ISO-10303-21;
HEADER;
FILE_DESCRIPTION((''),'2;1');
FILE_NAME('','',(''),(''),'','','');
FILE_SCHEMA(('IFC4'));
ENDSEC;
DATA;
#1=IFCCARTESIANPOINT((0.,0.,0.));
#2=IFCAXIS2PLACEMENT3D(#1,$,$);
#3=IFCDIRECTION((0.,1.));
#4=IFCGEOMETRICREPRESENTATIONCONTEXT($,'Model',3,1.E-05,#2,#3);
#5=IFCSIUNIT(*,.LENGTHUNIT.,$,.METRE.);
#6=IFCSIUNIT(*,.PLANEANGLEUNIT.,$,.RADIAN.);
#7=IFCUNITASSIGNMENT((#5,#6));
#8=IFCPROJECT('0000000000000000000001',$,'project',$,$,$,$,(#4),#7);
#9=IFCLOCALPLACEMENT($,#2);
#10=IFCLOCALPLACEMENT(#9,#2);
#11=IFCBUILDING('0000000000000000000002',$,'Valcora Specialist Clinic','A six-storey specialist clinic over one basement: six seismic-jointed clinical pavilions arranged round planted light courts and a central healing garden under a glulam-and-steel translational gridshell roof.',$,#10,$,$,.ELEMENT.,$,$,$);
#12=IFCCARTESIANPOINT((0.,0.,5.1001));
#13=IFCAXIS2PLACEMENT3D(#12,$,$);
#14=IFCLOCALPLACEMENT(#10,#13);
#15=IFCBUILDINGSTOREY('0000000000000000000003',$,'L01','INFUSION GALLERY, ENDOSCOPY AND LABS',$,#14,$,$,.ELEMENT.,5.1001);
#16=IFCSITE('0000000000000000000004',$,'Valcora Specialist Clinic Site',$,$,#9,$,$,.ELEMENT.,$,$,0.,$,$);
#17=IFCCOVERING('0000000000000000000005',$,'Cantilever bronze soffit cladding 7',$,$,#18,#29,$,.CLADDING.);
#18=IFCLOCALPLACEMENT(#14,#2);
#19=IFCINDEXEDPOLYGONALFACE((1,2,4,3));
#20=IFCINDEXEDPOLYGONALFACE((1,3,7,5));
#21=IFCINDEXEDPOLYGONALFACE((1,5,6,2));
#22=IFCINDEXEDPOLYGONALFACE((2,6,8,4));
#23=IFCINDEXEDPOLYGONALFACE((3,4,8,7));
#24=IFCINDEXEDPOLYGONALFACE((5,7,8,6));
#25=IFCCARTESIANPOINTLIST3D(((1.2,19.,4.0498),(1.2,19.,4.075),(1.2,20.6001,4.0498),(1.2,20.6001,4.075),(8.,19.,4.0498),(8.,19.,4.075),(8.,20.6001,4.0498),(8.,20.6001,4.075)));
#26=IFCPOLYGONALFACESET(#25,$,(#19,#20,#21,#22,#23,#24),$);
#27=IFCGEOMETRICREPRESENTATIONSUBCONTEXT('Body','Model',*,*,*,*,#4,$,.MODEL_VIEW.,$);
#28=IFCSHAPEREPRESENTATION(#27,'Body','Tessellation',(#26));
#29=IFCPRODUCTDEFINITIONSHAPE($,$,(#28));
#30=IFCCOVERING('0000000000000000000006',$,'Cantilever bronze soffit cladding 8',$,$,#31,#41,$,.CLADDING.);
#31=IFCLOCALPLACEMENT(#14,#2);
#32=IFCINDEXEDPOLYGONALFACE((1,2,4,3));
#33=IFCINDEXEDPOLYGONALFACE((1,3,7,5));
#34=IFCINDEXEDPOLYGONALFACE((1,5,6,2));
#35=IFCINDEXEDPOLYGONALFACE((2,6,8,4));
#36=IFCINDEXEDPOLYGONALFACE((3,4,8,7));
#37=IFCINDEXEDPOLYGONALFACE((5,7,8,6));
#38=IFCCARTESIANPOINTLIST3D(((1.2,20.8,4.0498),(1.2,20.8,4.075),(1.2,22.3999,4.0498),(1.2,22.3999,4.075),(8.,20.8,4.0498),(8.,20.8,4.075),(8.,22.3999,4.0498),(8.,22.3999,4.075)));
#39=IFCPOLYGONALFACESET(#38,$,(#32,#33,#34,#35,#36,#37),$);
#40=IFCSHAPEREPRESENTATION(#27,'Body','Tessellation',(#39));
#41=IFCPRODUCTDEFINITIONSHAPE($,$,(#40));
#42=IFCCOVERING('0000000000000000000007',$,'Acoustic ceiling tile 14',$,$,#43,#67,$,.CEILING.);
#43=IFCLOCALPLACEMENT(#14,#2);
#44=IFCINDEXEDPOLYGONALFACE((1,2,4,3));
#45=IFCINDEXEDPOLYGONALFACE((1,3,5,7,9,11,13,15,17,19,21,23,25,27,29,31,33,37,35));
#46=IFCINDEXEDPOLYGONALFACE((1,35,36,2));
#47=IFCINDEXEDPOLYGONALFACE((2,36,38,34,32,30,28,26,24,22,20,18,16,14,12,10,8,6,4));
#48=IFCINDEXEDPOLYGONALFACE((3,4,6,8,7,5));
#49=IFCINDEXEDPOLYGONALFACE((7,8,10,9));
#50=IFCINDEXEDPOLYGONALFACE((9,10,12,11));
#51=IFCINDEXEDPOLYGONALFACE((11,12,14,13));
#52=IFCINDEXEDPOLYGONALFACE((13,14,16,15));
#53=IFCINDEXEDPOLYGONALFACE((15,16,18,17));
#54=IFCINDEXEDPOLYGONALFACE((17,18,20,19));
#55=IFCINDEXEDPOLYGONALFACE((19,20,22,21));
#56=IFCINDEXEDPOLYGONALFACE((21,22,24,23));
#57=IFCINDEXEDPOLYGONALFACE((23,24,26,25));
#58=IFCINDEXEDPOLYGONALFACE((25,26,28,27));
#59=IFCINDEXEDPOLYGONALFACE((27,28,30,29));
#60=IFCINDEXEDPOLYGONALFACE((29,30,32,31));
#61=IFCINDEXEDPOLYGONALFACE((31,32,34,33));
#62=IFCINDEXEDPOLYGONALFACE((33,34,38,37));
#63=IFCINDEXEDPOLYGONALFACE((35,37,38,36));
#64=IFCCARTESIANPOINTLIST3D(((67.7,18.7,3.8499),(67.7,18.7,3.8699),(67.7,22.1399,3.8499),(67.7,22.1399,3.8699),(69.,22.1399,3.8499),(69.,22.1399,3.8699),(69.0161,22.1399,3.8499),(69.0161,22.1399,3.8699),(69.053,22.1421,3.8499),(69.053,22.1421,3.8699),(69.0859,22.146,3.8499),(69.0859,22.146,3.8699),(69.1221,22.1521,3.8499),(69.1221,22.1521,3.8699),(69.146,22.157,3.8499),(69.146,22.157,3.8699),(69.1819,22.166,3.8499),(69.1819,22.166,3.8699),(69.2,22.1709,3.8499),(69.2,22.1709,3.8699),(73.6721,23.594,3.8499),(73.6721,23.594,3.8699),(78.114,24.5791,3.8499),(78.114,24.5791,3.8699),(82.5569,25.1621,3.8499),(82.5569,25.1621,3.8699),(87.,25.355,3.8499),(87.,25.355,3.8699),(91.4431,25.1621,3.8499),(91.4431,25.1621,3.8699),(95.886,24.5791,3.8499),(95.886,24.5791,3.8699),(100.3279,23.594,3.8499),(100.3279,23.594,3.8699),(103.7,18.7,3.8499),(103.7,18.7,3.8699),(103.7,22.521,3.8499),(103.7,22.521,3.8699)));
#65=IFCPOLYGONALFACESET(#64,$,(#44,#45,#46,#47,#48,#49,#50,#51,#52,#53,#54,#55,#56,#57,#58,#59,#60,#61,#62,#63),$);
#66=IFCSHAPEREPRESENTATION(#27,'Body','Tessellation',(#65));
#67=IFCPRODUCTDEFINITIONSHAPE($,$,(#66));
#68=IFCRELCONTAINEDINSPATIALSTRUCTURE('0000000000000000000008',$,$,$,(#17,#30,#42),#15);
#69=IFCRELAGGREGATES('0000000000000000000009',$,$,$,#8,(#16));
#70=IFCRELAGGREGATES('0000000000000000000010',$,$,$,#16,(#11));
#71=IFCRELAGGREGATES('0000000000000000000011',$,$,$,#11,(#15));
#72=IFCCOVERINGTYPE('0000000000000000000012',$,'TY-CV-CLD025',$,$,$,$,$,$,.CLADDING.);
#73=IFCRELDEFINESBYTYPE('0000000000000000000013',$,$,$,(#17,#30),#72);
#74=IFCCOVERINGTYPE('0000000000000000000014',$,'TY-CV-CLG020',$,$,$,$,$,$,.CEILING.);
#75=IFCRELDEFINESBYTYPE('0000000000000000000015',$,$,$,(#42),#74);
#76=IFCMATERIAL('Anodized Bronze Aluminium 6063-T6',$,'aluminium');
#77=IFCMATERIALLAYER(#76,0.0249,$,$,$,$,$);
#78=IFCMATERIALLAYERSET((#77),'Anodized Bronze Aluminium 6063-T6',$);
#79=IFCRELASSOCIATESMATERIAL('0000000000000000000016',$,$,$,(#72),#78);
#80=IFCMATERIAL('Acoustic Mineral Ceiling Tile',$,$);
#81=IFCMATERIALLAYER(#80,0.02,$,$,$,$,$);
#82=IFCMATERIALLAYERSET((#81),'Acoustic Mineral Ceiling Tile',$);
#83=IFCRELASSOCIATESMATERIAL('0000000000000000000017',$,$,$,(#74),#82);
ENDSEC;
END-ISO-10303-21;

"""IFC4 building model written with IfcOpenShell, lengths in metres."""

from ifc_helpers import new_model, si_unit, direction, frame, origin, place, context, subcontext, project, spatial, polyline, outline, extrude, material, layer, layer_set, type_object, element, save


model = new_model("IFC4")

# Units and contexts
model_context = context("Model", 3, precision=1e-05, world=origin(), true_north=direction((0.0, 1.0)))
body_context = subcontext(model_context, "Body", "Model", "MODEL_VIEW")
ifc_project = project(units=[si_unit("LENGTHUNIT", "METRE"), si_unit("PLANEANGLEUNIT", "RADIAN")], contexts=[model_context])

# Site, building, storey
site_placement = place(None, origin())
site = spatial("IfcSite", under=ifc_project, at=site_placement, Name="Valcora Specialist Clinic Site", CompositionType="ELEMENT", RefElevation=0.0)
building_placement = place(site_placement, origin())
building = spatial("IfcBuilding", under=site, at=building_placement, Name="Valcora Specialist Clinic", Description="A six-storey specialist clinic over one basement: six seismic-jointed clinical pavilions arranged round planted light courts and a central healing garden under a glulam-and-steel translational gridshell roof.", CompositionType="ELEMENT")
storey_placement = place(building_placement, frame((0.0, 0.0, 5.1001)))
storey = spatial("IfcBuildingStorey", under=building, at=storey_placement, Name="L01", Description="INFUSION GALLERY, ENDOSCOPY AND LABS", CompositionType="ELEMENT", Elevation=5.1001)

# Shared definitions
ifc_material_1 = material(Name="Anodized Bronze Aluminium 6063-T6", Category="aluminium")

# Coverings
ifc_layer_1 = layer(ifc_material_1, 0.0249)
ifc_layer_set_1 = layer_set([ifc_layer_1], Name="Anodized Bronze Aluminium 6063-T6")
covering_type_1 = type_object("IfcCoveringType", Name="TY-CV-CLD025", PredefinedType="CLADDING", material=ifc_layer_set_1)
covering_1_placement = place(storey_placement, frame((0.0, 0.0, 4.0498)))
element("IfcCovering", 1, at=covering_1_placement, inside=storey, type_object=covering_type_1, Name="Cantilever bronze soffit cladding 7", PredefinedType="CLADDING", context=body_context, shape_type="SweptSolid", body=[
    extrude(outline(polyline([(1.2, 19.0), (8.0, 19.0), (8.0, 20.6001), (1.2, 20.6001), (1.2, 19.0)])), origin(), (0.0, 0.0, 1.0), 0.0251),
])
covering_2_placement = place(storey_placement, frame((0.0, 0.0, 4.0498)))
element("IfcCovering", 2, at=covering_2_placement, inside=storey, type_object=covering_type_1, Name="Cantilever bronze soffit cladding 8", PredefinedType="CLADDING", context=body_context, shape_type="SweptSolid", body=[
    extrude(outline(polyline([(1.2, 20.8), (8.0, 20.8), (8.0, 22.3999), (1.2, 22.3999), (1.2, 20.8)])), origin(), (0.0, 0.0, 1.0), 0.0251),
])
ifc_material_2 = material(Name="Acoustic Mineral Ceiling Tile")
ifc_layer_2 = layer(ifc_material_2, 0.02)
ifc_layer_set_2 = layer_set([ifc_layer_2], Name="Acoustic Mineral Ceiling Tile")
covering_type_2 = type_object("IfcCoveringType", Name="TY-CV-CLG020", PredefinedType="CEILING", material=ifc_layer_set_2)
covering_3_placement = place(storey_placement, frame((0.0, 0.0, 3.8499)))
element("IfcCovering", 3, at=covering_3_placement, inside=storey, type_object=covering_type_2, Name="Acoustic ceiling tile 14", PredefinedType="CEILING", context=body_context, shape_type="SweptSolid", body=[
    extrude(outline(polyline([(67.7, 22.1399), (69.0, 22.1399), (69.0161, 22.1399), (69.053, 22.1421), (69.0859, 22.146), (69.1221, 22.1521), (69.146, 22.157), (69.1819, 22.166), (69.2, 22.1709), (73.6721, 23.594), (78.114, 24.5791), (82.5569, 25.1621), (87.0, 25.355), (91.4431, 25.1621), (95.886, 24.5791), (100.3279, 23.594), (103.7, 22.521), (103.7, 18.7), (67.7, 18.7), (67.7, 22.1399)])), origin(), (0.0, 0.0, 1.0), 0.02),
])

save(model, "model.ifc")
